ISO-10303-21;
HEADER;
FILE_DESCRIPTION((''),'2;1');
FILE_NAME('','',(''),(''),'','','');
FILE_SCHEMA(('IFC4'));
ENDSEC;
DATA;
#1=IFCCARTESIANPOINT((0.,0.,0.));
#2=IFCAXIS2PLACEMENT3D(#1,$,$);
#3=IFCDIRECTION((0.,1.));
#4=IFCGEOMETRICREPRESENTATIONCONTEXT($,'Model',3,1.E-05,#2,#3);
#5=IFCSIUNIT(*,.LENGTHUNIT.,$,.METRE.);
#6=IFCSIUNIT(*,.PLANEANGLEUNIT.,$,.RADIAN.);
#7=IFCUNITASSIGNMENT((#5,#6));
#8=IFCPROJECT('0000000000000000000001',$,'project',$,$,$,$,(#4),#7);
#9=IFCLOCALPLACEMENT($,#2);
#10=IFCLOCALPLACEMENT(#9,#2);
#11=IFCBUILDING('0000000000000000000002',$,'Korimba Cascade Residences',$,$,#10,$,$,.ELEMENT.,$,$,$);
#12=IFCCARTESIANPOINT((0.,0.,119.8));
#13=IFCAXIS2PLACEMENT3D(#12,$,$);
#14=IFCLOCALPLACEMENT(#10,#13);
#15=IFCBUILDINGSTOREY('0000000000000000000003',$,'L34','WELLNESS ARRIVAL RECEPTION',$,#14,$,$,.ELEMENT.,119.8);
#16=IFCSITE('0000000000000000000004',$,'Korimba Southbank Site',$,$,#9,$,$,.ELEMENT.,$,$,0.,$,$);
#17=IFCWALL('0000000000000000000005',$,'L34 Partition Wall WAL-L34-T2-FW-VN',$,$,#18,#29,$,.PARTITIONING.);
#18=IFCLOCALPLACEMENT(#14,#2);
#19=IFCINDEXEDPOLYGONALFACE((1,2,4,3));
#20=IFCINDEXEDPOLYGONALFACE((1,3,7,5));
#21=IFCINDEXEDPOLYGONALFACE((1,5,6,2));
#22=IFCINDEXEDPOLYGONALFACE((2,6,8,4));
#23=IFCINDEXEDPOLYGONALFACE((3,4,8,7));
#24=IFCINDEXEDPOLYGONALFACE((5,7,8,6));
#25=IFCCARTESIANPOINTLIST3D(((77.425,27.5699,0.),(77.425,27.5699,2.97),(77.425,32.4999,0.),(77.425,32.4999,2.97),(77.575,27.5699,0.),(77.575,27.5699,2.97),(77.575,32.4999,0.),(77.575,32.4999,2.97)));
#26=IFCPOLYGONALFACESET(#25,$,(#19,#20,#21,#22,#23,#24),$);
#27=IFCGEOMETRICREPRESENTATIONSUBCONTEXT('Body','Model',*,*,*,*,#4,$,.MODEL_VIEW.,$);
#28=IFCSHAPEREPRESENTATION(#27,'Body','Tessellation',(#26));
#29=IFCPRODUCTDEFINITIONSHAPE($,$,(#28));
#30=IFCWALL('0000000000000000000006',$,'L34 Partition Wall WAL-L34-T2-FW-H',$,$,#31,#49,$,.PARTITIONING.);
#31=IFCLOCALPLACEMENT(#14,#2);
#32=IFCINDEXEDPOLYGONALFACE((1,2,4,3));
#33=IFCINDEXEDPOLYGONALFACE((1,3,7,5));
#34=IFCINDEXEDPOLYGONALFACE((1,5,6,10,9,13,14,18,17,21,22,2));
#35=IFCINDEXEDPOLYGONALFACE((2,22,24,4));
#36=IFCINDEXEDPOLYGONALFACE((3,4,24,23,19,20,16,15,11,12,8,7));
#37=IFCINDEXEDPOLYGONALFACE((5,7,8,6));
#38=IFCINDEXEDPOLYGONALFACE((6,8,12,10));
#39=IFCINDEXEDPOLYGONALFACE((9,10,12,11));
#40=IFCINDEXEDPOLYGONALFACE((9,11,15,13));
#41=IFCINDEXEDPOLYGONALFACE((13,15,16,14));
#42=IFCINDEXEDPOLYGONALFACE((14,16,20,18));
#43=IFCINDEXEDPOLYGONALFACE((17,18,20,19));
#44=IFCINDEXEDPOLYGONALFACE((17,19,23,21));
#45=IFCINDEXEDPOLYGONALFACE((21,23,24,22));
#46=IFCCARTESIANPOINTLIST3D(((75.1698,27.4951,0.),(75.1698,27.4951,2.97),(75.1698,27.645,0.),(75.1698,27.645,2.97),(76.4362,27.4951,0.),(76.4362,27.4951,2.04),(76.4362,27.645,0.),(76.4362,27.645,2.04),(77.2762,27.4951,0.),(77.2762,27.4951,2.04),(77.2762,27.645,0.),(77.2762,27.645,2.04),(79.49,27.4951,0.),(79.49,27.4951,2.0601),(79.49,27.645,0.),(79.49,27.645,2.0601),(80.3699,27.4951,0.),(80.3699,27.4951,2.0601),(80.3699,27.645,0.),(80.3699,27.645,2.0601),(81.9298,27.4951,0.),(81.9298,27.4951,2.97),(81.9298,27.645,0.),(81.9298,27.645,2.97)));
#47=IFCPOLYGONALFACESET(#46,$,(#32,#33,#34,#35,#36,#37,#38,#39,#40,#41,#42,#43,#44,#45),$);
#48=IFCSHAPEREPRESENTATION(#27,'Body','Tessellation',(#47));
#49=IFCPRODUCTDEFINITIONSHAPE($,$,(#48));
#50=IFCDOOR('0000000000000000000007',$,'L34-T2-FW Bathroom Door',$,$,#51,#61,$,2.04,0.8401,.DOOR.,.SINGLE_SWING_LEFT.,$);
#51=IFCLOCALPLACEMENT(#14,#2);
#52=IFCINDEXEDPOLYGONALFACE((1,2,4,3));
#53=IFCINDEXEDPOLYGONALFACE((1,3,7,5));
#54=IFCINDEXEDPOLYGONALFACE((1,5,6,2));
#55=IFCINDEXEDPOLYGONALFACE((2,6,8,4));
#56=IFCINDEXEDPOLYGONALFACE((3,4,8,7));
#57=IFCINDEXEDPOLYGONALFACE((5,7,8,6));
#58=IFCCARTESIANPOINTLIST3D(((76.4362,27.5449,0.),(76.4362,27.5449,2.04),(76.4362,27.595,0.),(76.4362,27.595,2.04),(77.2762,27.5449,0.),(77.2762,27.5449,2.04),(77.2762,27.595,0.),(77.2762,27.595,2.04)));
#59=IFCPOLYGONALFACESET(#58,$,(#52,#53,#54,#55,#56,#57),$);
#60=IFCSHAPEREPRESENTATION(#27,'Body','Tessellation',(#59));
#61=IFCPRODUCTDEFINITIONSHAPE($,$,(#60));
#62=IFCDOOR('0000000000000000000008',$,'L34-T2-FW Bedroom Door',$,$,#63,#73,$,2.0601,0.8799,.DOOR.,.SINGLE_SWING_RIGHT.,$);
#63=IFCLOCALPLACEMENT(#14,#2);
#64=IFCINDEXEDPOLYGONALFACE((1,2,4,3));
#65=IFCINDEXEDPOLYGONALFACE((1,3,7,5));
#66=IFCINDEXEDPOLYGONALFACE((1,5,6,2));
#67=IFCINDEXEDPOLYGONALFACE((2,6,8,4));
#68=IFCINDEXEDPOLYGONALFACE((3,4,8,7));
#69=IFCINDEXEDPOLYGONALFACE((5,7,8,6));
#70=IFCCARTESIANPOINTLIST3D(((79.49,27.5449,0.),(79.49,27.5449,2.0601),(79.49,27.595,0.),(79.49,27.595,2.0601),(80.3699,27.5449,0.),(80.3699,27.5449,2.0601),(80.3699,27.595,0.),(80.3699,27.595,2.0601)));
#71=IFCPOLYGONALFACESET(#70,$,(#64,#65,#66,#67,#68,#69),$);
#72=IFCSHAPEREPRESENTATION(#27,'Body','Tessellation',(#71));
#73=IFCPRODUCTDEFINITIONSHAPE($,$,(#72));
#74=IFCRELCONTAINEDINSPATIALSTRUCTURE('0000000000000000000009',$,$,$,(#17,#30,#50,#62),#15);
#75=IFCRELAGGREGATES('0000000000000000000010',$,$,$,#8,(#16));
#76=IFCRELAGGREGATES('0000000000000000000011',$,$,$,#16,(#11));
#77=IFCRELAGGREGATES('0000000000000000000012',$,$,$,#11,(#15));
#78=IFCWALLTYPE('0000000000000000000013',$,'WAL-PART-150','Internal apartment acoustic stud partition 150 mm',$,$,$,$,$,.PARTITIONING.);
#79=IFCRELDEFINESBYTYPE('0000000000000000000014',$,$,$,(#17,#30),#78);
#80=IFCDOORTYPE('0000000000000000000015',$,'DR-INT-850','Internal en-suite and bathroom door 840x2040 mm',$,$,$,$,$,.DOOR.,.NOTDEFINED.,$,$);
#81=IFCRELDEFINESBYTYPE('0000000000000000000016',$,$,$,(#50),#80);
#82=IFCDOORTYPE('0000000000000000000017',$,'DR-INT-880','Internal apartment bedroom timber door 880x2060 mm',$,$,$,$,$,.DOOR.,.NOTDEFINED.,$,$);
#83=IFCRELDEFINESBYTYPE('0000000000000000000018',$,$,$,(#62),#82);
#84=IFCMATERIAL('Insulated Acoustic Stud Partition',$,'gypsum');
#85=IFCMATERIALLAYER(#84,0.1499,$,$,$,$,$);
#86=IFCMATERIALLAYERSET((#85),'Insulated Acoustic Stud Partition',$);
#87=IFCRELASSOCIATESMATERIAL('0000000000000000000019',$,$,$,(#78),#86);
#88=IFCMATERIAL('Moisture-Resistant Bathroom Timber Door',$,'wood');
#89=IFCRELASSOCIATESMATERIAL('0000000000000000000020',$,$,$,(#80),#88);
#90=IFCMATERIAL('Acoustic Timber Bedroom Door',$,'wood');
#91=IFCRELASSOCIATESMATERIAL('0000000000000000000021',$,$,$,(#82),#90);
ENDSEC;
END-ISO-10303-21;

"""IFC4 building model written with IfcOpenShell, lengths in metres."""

from ifc_helpers import new_model, si_unit, direction, frame, frame_2d, origin, place, context, subcontext, project, spatial, rectangle, extrude, material, layer, layer_set, type_object, element, fill, save


model = new_model("IFC4")

# Units and contexts
model_context = context("Model", 3, precision=1e-05, world=origin(), true_north=direction((0.0, 1.0)))
body_context = subcontext(model_context, "Body", "Model", "MODEL_VIEW")
ifc_project = project(units=[si_unit("LENGTHUNIT", "METRE"), si_unit("PLANEANGLEUNIT", "RADIAN")], contexts=[model_context])

# Site, building, storey
site_placement = place(None, origin())
site = spatial("IfcSite", under=ifc_project, at=site_placement, Name="Korimba Southbank Site", CompositionType="ELEMENT", RefElevation=0.0)
building_placement = place(site_placement, origin())
building = spatial("IfcBuilding", under=site, at=building_placement, Name="Korimba Cascade Residences", CompositionType="ELEMENT")
storey_placement = place(building_placement, frame((0.0, 0.0, 119.8)))
storey = spatial("IfcBuildingStorey", under=building, at=storey_placement, Name="L34", Description="WELLNESS ARRIVAL RECEPTION", CompositionType="ELEMENT", Elevation=119.8)

# Shared definitions
ifc_material_1 = material(Name="Insulated Acoustic Stud Partition", Category="gypsum")
ifc_layer_1 = layer(ifc_material_1, 0.1499)
ifc_layer_set_1 = layer_set([ifc_layer_1], Name="Insulated Acoustic Stud Partition")
wall_type_1 = type_object("IfcWallType", Name="WAL-PART-150", Description="Internal apartment acoustic stud partition 150 mm", PredefinedType="PARTITIONING", material=ifc_layer_set_1)
ifc_material_2 = material(Name="Moisture-Resistant Bathroom Timber Door", Category="wood")
door_type_1 = type_object("IfcDoorType", Name="DR-INT-850", Description="Internal en-suite and bathroom door 840x2040 mm", OperationType="NOTDEFINED", PredefinedType="DOOR", material=ifc_material_2)
ifc_material_3 = material(Name="Acoustic Timber Bedroom Door", Category="wood")
door_type_2 = type_object("IfcDoorType", Name="DR-INT-880", Description="Internal apartment bedroom timber door 880x2060 mm", OperationType="NOTDEFINED", PredefinedType="DOOR", material=ifc_material_3)

# Wall
wall_1_placement = place(storey_placement, frame((77.5, 27.5701, 0.0), z_axis=(0.0, 0.0, 1.0), x_axis=(0.0, 1.0, 0.0)))
element("IfcWall", 1, at=wall_1_placement, inside=storey, type_object=wall_type_1, Name="L34 Partition Wall WAL-L34-T2-FW-VN", PredefinedType="PARTITIONING", context=body_context, shape_type="SweptSolid", body=[
    extrude(rectangle(XDim=4.9299, YDim=0.1499, at=frame_2d((2.4648, 0.0))), origin(), (0.0, 0.0, 1.0), 2.97),
])

# Wall, openings, doors
wall_2_placement = place(storey_placement, frame((75.1699, 27.5701, 0.0), z_axis=(0.0, 0.0, 1.0), x_axis=(1.0, 0.0, 0.0)))
wall_2 = element("IfcWall", 2, at=wall_2_placement, inside=storey, type_object=wall_type_1, Name="L34 Partition Wall WAL-L34-T2-FW-H", PredefinedType="PARTITIONING", context=body_context, shape_type="SweptSolid", body=[
    extrude(rectangle(XDim=6.76, YDim=0.1499, at=frame_2d((3.3799, 0.0))), origin(), (0.0, 0.0, 1.0), 2.97),
])
opening_1_placement = place(wall_2_placement, frame((1.2664, 0.0, 0.0)))
opening_1 = element("IfcOpeningElement", 3, at=opening_1_placement, cuts=wall_2, PredefinedType="OPENING", context=body_context, shape_type="SweptSolid", body=[
    extrude(rectangle(XDim=0.8401, YDim=2.04, at=frame_2d((0.4199, 1.02))), frame((0.0, 0.085, 0.0), z_axis=(0.0, -1.0, 0.0), x_axis=(1.0, 0.0, 0.0)), (0.0, 0.0, 1.0), 0.1699),
])
opening_2_placement = place(wall_2_placement, frame((4.3201, 0.0, 0.0)))
opening_2 = element("IfcOpeningElement", 4, at=opening_2_placement, cuts=wall_2, PredefinedType="OPENING", context=body_context, shape_type="SweptSolid", body=[
    extrude(rectangle(XDim=0.8799, YDim=2.0601, at=frame_2d((0.4399, 1.03))), frame((0.0, 0.085, 0.0), z_axis=(0.0, -1.0, 0.0), x_axis=(1.0, 0.0, 0.0)), (0.0, 0.0, 1.0), 0.1699),
])
door_1_placement = place(opening_1_placement, origin())
door_1 = element("IfcDoor", 5, at=door_1_placement, inside=storey, type_object=door_type_1, Name="L34-T2-FW Bathroom Door", OperationType="SINGLE_SWING_LEFT", OverallHeight=2.04, OverallWidth=0.8401, PredefinedType="DOOR", context=body_context, shape_type="SweptSolid", body=[
    extrude(rectangle(XDim=0.8401, YDim=2.04, at=frame_2d((0.4199, 1.02))), frame((0.0, 0.0249, 0.0), z_axis=(0.0, -1.0, 0.0), x_axis=(1.0, 0.0, 0.0)), (0.0, 0.0, 1.0), 0.05),
])
fill(opening_1, door_1)
door_2_placement = place(opening_2_placement, origin())
door_2 = element("IfcDoor", 6, at=door_2_placement, inside=storey, type_object=door_type_2, Name="L34-T2-FW Bedroom Door", OperationType="SINGLE_SWING_RIGHT", OverallHeight=2.0601, OverallWidth=0.8799, PredefinedType="DOOR", context=body_context, shape_type="SweptSolid", body=[
    extrude(rectangle(XDim=0.8799, YDim=2.0601, at=frame_2d((0.4399, 1.03))), frame((0.0, 0.0249, 0.0), z_axis=(0.0, -1.0, 0.0), x_axis=(1.0, 0.0, 0.0)), (0.0, 0.0, 1.0), 0.05),
])
fill(opening_2, door_2)

save(model, "model.ifc")
